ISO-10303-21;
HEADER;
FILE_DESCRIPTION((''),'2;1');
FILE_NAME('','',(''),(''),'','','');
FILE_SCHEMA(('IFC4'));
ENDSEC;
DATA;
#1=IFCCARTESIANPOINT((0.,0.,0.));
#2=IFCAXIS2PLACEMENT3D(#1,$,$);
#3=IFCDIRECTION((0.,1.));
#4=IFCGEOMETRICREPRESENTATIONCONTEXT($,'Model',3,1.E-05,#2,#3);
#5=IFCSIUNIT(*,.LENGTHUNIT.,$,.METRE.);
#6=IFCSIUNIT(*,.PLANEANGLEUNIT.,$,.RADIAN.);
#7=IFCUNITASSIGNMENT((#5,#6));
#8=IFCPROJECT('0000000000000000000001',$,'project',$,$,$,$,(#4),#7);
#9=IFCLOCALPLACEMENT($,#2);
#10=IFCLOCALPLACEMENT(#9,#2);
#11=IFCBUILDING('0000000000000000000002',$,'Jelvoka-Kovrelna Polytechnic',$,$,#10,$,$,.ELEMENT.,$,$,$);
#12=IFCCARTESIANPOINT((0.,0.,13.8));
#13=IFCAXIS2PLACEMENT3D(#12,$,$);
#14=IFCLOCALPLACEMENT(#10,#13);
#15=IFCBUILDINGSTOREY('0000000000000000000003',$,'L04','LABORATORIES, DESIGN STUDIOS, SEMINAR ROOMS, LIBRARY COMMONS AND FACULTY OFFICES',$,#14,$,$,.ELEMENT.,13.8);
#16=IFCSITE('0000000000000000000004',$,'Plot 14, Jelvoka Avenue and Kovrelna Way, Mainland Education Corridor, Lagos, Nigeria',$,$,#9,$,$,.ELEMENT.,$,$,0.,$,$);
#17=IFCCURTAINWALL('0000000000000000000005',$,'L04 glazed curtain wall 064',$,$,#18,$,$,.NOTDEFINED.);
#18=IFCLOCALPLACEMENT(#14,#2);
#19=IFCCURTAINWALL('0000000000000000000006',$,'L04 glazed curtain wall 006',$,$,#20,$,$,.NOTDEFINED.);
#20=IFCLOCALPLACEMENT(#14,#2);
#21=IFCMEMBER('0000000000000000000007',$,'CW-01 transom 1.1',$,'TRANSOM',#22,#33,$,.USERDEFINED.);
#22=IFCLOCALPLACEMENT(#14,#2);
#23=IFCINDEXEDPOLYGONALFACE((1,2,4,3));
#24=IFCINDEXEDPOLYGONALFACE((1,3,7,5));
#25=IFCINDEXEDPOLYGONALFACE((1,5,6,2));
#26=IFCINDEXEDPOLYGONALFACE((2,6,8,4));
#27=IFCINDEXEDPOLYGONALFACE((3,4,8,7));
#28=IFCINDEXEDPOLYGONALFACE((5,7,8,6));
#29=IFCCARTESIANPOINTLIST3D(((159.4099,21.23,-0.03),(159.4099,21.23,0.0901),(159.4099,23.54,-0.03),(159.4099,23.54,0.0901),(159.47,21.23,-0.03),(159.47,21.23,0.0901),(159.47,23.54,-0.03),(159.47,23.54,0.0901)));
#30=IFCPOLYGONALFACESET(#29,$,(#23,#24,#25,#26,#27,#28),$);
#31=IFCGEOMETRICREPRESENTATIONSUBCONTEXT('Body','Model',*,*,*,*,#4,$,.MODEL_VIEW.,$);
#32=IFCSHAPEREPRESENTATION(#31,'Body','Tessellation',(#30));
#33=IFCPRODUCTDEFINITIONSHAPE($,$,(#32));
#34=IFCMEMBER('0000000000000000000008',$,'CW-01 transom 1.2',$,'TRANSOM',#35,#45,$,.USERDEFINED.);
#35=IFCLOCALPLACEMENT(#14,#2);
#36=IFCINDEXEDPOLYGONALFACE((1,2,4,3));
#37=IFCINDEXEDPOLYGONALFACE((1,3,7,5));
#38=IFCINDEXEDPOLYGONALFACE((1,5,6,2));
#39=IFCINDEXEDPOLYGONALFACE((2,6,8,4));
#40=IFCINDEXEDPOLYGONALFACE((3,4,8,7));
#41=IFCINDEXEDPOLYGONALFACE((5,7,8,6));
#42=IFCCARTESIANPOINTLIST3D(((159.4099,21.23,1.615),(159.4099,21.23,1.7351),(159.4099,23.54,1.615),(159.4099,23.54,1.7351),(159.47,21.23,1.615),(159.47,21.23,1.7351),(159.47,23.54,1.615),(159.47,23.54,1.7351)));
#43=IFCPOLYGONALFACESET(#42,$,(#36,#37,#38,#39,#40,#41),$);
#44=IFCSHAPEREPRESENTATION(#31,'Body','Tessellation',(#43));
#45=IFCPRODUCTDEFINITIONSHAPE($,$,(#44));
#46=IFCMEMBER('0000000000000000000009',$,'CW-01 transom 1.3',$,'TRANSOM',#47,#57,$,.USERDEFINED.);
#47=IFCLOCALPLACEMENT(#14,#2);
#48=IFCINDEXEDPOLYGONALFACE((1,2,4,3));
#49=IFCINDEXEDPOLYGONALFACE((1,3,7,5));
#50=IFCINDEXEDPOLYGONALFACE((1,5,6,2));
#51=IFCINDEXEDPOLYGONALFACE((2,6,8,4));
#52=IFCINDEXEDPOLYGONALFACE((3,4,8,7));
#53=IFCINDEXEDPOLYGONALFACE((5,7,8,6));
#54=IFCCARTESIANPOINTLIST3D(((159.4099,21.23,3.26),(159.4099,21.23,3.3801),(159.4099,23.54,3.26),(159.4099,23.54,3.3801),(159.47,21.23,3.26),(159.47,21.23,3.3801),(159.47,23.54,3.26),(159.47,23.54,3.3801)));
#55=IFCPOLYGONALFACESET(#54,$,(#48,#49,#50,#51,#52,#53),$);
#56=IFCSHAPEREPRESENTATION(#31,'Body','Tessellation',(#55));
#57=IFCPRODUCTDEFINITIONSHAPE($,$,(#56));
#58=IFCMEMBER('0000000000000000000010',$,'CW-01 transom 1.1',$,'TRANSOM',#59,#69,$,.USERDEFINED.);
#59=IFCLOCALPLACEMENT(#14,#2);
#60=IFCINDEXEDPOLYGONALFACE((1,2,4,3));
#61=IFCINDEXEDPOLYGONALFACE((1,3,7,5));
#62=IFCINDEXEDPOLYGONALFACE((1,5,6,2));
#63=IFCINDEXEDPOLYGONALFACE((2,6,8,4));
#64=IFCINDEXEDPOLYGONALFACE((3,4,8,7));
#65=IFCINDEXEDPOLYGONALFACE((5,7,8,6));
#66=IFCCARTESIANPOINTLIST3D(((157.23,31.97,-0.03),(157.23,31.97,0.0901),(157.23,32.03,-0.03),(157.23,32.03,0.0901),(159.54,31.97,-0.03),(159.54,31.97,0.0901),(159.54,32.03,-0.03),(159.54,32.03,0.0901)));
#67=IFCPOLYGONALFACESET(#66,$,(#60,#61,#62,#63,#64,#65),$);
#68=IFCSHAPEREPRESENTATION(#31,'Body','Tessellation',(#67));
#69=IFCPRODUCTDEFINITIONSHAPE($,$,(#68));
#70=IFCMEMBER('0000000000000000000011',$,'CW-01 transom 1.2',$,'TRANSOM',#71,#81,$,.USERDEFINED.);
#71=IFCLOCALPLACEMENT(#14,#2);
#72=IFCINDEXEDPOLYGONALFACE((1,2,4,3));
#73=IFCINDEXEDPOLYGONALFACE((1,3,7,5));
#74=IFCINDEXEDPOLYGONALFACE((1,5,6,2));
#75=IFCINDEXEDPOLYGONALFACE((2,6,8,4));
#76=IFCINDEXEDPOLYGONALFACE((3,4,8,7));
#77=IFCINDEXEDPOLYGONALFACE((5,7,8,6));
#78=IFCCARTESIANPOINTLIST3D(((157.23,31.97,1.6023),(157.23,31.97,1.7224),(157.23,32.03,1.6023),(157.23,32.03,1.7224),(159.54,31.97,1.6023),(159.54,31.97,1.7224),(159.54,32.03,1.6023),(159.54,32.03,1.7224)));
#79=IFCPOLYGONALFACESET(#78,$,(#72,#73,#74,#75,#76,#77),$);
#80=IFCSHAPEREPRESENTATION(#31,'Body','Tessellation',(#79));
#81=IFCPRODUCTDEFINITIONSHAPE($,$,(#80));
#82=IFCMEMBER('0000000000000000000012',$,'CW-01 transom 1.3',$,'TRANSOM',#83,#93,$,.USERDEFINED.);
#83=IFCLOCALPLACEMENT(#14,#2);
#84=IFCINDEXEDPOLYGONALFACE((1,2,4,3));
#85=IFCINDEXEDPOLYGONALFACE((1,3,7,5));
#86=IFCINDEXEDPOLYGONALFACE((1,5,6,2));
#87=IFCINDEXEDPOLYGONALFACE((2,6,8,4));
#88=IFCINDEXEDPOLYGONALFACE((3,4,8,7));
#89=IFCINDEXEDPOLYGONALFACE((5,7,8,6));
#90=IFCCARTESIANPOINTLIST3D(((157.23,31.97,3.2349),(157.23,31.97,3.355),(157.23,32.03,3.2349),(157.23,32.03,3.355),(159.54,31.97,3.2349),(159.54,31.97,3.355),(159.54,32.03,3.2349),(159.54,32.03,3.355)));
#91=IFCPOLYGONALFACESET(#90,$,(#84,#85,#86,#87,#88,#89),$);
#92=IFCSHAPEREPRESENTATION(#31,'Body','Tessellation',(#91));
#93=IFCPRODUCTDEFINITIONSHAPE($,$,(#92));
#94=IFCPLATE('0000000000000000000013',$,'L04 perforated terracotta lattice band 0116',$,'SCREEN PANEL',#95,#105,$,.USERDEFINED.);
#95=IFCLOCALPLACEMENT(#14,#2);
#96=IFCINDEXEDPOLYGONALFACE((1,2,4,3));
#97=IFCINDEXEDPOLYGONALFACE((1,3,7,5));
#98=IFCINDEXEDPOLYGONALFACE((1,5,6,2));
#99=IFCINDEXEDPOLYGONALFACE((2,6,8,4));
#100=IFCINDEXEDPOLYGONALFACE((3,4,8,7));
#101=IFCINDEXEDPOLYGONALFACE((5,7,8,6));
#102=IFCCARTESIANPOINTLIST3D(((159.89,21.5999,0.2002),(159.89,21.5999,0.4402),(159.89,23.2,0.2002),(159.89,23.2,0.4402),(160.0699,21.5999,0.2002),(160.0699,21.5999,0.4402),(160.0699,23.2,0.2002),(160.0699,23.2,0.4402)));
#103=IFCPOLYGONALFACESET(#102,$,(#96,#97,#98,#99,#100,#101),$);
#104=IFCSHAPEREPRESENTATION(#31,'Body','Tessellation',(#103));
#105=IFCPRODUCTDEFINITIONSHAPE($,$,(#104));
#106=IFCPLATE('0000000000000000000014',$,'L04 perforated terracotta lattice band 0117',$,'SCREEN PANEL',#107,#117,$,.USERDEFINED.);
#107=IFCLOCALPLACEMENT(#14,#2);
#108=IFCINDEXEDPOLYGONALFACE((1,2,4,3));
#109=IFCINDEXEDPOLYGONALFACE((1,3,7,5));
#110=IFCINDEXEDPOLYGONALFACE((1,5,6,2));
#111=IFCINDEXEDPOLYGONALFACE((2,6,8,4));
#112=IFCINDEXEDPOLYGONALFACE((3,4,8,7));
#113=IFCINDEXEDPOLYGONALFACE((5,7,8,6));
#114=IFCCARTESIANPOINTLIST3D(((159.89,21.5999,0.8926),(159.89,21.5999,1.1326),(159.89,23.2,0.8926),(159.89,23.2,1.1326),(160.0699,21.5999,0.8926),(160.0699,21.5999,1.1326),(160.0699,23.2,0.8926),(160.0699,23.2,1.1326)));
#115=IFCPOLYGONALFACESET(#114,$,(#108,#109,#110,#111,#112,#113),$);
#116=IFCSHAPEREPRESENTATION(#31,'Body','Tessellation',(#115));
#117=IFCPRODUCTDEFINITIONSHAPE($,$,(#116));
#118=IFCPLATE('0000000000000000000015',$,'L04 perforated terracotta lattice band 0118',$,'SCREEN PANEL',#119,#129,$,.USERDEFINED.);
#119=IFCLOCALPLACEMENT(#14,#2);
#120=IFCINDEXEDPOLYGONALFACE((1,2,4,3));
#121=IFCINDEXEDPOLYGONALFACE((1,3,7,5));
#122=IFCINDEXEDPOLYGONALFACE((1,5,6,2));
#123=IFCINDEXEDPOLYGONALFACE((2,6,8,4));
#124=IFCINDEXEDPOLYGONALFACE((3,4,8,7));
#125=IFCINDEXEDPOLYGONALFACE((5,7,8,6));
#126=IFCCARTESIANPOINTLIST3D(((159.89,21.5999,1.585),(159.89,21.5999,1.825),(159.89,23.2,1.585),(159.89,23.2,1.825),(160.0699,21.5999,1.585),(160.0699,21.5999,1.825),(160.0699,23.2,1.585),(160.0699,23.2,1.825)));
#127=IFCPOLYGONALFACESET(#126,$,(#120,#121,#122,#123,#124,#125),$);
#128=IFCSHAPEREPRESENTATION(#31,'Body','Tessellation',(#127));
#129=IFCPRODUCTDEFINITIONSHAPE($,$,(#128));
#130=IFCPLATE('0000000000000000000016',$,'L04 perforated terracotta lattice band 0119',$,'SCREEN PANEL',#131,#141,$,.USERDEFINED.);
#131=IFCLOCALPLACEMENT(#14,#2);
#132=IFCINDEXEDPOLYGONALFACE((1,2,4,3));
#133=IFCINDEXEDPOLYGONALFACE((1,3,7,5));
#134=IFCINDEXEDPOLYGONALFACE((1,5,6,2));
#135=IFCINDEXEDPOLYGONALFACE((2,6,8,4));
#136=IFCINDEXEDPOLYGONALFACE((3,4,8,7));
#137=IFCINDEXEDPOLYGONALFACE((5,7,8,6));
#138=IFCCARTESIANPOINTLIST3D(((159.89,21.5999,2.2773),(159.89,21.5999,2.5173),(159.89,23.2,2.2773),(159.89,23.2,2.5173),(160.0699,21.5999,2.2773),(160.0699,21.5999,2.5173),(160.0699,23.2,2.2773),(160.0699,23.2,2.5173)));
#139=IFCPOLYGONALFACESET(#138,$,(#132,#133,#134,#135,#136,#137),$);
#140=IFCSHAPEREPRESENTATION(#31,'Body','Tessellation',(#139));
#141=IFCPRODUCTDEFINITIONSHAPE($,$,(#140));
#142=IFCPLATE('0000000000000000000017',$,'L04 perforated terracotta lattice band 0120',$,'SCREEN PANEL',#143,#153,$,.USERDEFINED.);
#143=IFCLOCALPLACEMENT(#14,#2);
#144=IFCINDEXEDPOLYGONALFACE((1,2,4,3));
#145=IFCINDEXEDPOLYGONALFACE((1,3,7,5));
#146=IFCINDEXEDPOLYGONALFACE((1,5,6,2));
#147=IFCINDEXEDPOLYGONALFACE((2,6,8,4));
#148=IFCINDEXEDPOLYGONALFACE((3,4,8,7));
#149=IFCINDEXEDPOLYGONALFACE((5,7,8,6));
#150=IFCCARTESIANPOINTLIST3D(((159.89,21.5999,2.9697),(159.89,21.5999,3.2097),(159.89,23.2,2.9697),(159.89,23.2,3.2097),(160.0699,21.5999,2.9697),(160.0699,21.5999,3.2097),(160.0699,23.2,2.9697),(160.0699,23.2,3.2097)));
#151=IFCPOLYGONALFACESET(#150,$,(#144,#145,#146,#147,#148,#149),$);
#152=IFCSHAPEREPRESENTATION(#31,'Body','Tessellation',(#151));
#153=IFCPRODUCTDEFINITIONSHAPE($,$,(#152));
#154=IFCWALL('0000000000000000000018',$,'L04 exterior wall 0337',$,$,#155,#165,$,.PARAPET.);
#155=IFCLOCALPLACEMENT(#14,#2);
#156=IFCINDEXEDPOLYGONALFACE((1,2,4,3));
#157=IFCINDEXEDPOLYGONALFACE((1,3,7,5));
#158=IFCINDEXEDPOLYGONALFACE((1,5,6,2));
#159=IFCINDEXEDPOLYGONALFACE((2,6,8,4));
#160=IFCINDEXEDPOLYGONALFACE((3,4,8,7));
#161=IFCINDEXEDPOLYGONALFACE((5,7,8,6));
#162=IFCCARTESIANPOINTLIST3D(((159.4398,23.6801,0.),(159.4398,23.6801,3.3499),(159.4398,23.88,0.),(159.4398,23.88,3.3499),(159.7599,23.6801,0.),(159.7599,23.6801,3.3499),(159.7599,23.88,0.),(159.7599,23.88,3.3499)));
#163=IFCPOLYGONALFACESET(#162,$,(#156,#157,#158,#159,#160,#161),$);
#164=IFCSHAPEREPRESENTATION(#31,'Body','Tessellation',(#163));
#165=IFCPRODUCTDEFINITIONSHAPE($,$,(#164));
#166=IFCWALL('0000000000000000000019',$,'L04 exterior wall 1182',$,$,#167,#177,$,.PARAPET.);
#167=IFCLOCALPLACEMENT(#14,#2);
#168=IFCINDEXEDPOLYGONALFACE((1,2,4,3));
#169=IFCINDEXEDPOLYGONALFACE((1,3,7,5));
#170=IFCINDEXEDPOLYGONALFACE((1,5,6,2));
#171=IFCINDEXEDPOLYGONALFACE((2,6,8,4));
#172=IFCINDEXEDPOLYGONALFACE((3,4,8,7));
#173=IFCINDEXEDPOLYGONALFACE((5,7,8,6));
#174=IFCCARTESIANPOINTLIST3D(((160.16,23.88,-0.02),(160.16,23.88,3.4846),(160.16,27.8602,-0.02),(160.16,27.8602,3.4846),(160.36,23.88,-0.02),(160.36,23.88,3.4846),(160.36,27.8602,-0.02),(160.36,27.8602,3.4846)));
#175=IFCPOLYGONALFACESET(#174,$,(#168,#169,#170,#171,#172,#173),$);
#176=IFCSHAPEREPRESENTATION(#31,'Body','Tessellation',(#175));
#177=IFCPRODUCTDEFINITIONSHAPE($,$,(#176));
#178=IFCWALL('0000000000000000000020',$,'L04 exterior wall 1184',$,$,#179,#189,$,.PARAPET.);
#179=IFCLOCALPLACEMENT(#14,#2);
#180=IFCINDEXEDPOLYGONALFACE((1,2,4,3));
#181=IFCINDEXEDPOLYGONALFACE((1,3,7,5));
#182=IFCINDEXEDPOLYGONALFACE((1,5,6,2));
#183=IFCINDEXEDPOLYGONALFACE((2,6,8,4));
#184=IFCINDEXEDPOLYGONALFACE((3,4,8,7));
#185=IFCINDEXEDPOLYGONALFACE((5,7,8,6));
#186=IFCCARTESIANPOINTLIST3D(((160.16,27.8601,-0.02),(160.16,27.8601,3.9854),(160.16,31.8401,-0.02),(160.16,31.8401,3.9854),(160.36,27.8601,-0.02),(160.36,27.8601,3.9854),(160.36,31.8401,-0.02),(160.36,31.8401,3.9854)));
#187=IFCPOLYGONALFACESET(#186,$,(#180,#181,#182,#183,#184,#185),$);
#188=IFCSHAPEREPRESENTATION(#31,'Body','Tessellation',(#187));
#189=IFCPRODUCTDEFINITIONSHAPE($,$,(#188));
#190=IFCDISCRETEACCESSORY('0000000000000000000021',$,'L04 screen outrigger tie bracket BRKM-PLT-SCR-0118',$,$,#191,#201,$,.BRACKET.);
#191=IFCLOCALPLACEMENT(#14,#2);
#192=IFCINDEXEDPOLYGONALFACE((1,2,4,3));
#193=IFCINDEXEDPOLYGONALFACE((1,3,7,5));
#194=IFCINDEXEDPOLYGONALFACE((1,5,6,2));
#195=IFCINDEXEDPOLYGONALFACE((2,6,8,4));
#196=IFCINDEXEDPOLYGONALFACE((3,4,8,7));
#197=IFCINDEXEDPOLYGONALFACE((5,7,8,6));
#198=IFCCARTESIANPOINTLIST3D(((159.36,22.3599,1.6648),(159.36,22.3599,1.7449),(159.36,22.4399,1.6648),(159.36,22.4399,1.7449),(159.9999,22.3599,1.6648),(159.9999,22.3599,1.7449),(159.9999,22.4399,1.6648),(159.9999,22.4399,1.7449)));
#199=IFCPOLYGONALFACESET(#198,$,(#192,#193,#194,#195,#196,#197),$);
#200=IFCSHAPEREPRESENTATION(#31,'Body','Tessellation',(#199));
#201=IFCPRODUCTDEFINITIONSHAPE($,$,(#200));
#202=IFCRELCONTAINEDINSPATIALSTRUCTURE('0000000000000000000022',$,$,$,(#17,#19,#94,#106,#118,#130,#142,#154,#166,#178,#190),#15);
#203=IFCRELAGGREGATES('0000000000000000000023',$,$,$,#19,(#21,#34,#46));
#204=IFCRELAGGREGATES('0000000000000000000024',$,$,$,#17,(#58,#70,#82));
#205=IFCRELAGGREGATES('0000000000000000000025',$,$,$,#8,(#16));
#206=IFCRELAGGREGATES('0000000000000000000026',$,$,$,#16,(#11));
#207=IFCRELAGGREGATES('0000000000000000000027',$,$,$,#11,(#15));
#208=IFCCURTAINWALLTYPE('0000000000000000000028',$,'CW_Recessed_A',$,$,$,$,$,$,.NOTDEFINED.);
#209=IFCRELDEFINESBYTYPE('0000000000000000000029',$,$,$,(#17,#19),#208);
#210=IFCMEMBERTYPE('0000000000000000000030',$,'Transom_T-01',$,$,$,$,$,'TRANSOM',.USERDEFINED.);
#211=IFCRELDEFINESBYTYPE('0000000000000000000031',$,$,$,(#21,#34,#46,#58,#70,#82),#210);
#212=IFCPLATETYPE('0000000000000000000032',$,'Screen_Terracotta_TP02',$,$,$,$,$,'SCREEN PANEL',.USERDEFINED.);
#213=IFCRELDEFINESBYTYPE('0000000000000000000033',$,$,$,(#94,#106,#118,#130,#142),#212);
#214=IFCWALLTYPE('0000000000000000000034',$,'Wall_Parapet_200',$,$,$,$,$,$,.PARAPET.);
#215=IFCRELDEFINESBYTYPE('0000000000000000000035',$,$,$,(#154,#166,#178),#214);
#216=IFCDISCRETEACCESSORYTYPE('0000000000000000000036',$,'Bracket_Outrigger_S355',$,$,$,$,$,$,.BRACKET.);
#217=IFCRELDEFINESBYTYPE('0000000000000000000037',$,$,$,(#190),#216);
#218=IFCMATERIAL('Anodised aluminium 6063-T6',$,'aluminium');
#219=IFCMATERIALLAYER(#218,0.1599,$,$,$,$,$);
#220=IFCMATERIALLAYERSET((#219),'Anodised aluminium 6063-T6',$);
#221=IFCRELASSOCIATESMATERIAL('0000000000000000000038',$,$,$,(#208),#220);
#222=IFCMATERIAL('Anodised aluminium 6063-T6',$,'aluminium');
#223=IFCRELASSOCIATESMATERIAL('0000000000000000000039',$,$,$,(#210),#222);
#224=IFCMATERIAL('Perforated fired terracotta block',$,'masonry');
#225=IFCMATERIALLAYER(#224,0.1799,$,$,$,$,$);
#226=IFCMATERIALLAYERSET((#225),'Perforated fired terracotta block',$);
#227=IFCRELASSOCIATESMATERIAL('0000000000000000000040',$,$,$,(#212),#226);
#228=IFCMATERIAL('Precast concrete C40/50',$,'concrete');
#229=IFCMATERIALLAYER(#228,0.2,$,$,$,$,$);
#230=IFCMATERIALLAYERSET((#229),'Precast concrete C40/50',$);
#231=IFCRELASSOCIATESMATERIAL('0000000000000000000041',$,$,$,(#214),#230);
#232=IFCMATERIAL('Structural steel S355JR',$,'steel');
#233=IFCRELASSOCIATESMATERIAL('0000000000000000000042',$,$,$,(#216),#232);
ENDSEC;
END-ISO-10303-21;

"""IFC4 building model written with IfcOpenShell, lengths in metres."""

from ifc_helpers import new_model, si_unit, direction, frame, frame_2d, origin, origin_2d, place, context, subcontext, project, spatial, rectangle, extrude, material, layer, layer_set, material_profile, profile_set, type_object, element, aggregate, save


model = new_model("IFC4")

# Units and contexts
model_context = context("Model", 3, precision=1e-05, world=origin(), true_north=direction((0.0, 1.0)))
body_context = subcontext(model_context, "Body", "Model", "MODEL_VIEW")
ifc_project = project(units=[si_unit("LENGTHUNIT", "METRE"), si_unit("PLANEANGLEUNIT", "RADIAN")], contexts=[model_context])

# Site, building, storey
site_placement = place(None, origin())
site = spatial("IfcSite", under=ifc_project, at=site_placement, Name="Plot 14, Jelvoka Avenue and Kovrelna Way, Mainland Education Corridor, Lagos, Nigeria", CompositionType="ELEMENT", RefElevation=0.0)
building_placement = place(site_placement, origin())
building = spatial("IfcBuilding", under=site, at=building_placement, Name="Jelvoka-Kovrelna Polytechnic", CompositionType="ELEMENT")
storey_placement = place(building_placement, frame((0.0, 0.0, 13.8)))
storey = spatial("IfcBuildingStorey", under=building, at=storey_placement, Name="L04", Description="LABORATORIES, DESIGN STUDIOS, SEMINAR ROOMS, LIBRARY COMMONS AND FACULTY OFFICES", CompositionType="ELEMENT", Elevation=13.8)

# Curtain wall
ifc_material_1 = material(Name="Anodised aluminium 6063-T6", Category="aluminium")
ifc_layer_1 = layer(ifc_material_1, 0.1599)
ifc_layer_set_1 = layer_set([ifc_layer_1], Name="Anodised aluminium 6063-T6")
curtain_wall_type = type_object("IfcCurtainWallType", Name="CW_Recessed_A", PredefinedType="NOTDEFINED", material=ifc_layer_set_1)
curtain_wall_1_placement = place(storey_placement, origin())
curtain_wall_1 = element("IfcCurtainWall", 1, at=curtain_wall_1_placement, inside=storey, type_object=curtain_wall_type, Name="L04 glazed curtain wall 064", PredefinedType="NOTDEFINED")

# Curtain wall, members
curtain_wall_2_placement = place(storey_placement, origin())
curtain_wall_2 = element("IfcCurtainWall", 2, at=curtain_wall_2_placement, inside=storey, type_object=curtain_wall_type, Name="L04 glazed curtain wall 006", PredefinedType="NOTDEFINED")
ifc_material_2 = material(Name="Anodised aluminium 6063-T6", Category="aluminium")
ifc_material_profile_1 = material_profile(ifc_material_2, rectangle(XDim=0.0601, YDim=0.1201, at=origin_2d()), Name="ALU 60x120")
ifc_profile_set_1 = profile_set([ifc_material_profile_1], Name="Anodised aluminium 6063-T6")
member_type_1 = type_object("IfcMemberType", Name="Transom_T-01", ElementType="TRANSOM", PredefinedType="USERDEFINED", material=ifc_profile_set_1)
member_1_placement = place(storey_placement, frame((159.4399, 23.54, 0.03), z_axis=(0.0, -1.0, 0.0), x_axis=(1.0, 0.0, 0.0)))
member_1 = element("IfcMember", 3, at=member_1_placement, type_object=member_type_1, Name="CW-01 transom 1.1", ObjectType="TRANSOM", PredefinedType="USERDEFINED", context=body_context, shape_type="SweptSolid", body=[
    extrude(rectangle(XDim=0.0601, YDim=0.1201, at=origin_2d()), origin(), (0.0, 0.0, 1.0), 2.3101),
])
member_2_placement = place(storey_placement, frame((159.4399, 23.54, 1.675), z_axis=(0.0, -1.0, 0.0), x_axis=(1.0, 0.0, 0.0)))
member_2 = element("IfcMember", 4, at=member_2_placement, type_object=member_type_1, Name="CW-01 transom 1.2", ObjectType="TRANSOM", PredefinedType="USERDEFINED", context=body_context, shape_type="SweptSolid", body=[
    extrude(rectangle(XDim=0.0601, YDim=0.1201, at=origin_2d()), origin(), (0.0, 0.0, 1.0), 2.3101),
])
member_3_placement = place(storey_placement, frame((159.4399, 23.54, 3.3201), z_axis=(0.0, -1.0, 0.0), x_axis=(1.0, 0.0, 0.0)))
member_3 = element("IfcMember", 5, at=member_3_placement, type_object=member_type_1, Name="CW-01 transom 1.3", ObjectType="TRANSOM", PredefinedType="USERDEFINED", context=body_context, shape_type="SweptSolid", body=[
    extrude(rectangle(XDim=0.0601, YDim=0.1201, at=origin_2d()), origin(), (0.0, 0.0, 1.0), 2.3101),
])
aggregate(curtain_wall_2, [member_1, member_2, member_3])

# Members
member_4_placement = place(storey_placement, frame((159.54, 32.0, 0.03), z_axis=(-1.0, 0.0, 0.0), x_axis=(0.0, -1.0, 0.0)))
member_4 = element("IfcMember", 6, at=member_4_placement, type_object=member_type_1, Name="CW-01 transom 1.1", ObjectType="TRANSOM", PredefinedType="USERDEFINED", context=body_context, shape_type="SweptSolid", body=[
    extrude(rectangle(XDim=0.0601, YDim=0.1201, at=origin_2d()), origin(), (0.0, 0.0, 1.0), 2.3101),
])
member_5_placement = place(storey_placement, frame((159.54, 32.0, 1.6624), z_axis=(-1.0, 0.0, 0.0), x_axis=(0.0, -1.0, 0.0)))
member_5 = element("IfcMember", 7, at=member_5_placement, type_object=member_type_1, Name="CW-01 transom 1.2", ObjectType="TRANSOM", PredefinedType="USERDEFINED", context=body_context, shape_type="SweptSolid", body=[
    extrude(rectangle(XDim=0.0601, YDim=0.1201, at=origin_2d()), origin(), (0.0, 0.0, 1.0), 2.3101),
])
member_6_placement = place(storey_placement, frame((159.54, 32.0, 3.2949), z_axis=(-1.0, 0.0, 0.0), x_axis=(0.0, -1.0, 0.0)))
member_6 = element("IfcMember", 8, at=member_6_placement, type_object=member_type_1, Name="CW-01 transom 1.3", ObjectType="TRANSOM", PredefinedType="USERDEFINED", context=body_context, shape_type="SweptSolid", body=[
    extrude(rectangle(XDim=0.0601, YDim=0.1201, at=origin_2d()), origin(), (0.0, 0.0, 1.0), 2.3101),
])
aggregate(curtain_wall_1, [member_4, member_5, member_6])

# Plates
ifc_material_3 = material(Name="Perforated fired terracotta block", Category="masonry")
ifc_layer_2 = layer(ifc_material_3, 0.1799)
ifc_layer_set_2 = layer_set([ifc_layer_2], Name="Perforated fired terracotta block")
plate_type = type_object("IfcPlateType", Name="Screen_Terracotta_TP02", ElementType="SCREEN PANEL", PredefinedType="USERDEFINED", material=ifc_layer_set_2)
for number, where, z_axis, x_axis, name in (
    (9, (159.98, 22.3999, 0.2002), (0.0, 0.0, 1.0), (0.0, 1.0, 0.0), "L04 perforated terracotta lattice band 0116"),
    (10, (159.98, 22.3999, 0.8926), (0.0, 0.0, 1.0), (0.0, 1.0, 0.0), "L04 perforated terracotta lattice band 0117"),
    (11, (159.98, 22.3999, 1.585), (0.0, 0.0, 1.0), (0.0, 1.0, 0.0), "L04 perforated terracotta lattice band 0118"),
    (12, (159.98, 22.3999, 2.2773), (0.0, 0.0, 1.0), (0.0, 1.0, 0.0), "L04 perforated terracotta lattice band 0119"),
    (13, (159.98, 22.3999, 2.9697), (0.0, 0.0, 1.0), (0.0, 1.0, 0.0), "L04 perforated terracotta lattice band 0120"),
):
    element("IfcPlate", number, at=place(storey_placement, frame(where, z_axis=z_axis, x_axis=x_axis)), inside=storey, type_object=plate_type, Name=name, ObjectType="SCREEN PANEL", PredefinedType="USERDEFINED", context=body_context, shape_type="SweptSolid", body=[
        extrude(rectangle(XDim=1.6001, YDim=0.1799, at=origin_2d()), origin(), (0.0, 0.0, 1.0), 0.24),
    ])

# Walls
ifc_material_4 = material(Name="Precast concrete C40/50", Category="concrete")
ifc_layer_3 = layer(ifc_material_4, 0.2)
ifc_layer_set_3 = layer_set([ifc_layer_3], Name="Precast concrete C40/50")
wall_type = type_object("IfcWallType", Name="Wall_Parapet_200", PredefinedType="PARAPET", material=ifc_layer_set_3)
wall_1_placement = place(storey_placement, frame((159.76, 23.78, 0.0), z_axis=(0.0, 0.0, 1.0), x_axis=(-1.0, 0.0, 0.0)))
element("IfcWall", 14, at=wall_1_placement, inside=storey, type_object=wall_type, Name="L04 exterior wall 0337", PredefinedType="PARAPET", context=body_context, shape_type="SweptSolid", body=[
    extrude(rectangle(XDim=0.3201, YDim=0.2, at=frame_2d((0.1602, 0.0))), origin(), (0.0, 0.0, 1.0), 3.3499),
])
wall_2_placement = place(storey_placement, frame((160.26, 23.8799, -0.02), z_axis=(0.0, 0.0, 1.0), x_axis=(0.0, 1.0, 0.0)))
element("IfcWall", 15, at=wall_2_placement, inside=storey, type_object=wall_type, Name="L04 exterior wall 1182", PredefinedType="PARAPET", context=body_context, shape_type="SweptSolid", body=[
    extrude(rectangle(XDim=3.9802, YDim=0.2, at=frame_2d((1.9902, 0.0))), origin(), (0.0, 0.0, 1.0), 3.5046),
])
wall_3_placement = place(storey_placement, frame((160.26, 27.8601, -0.02), z_axis=(0.0, 0.0, 1.0), x_axis=(0.0, 1.0, 0.0)))
element("IfcWall", 16, at=wall_3_placement, inside=storey, type_object=wall_type, Name="L04 exterior wall 1184", PredefinedType="PARAPET", context=body_context, shape_type="SweptSolid", body=[
    extrude(rectangle(XDim=3.98, YDim=0.2, at=frame_2d((1.99, 0.0))), origin(), (0.0, 0.0, 1.0), 4.0054),
])

# Discrete accessory
ifc_material_5 = material(Name="Structural steel S355JR", Category="steel")
discrete_accessory_type = type_object("IfcDiscreteAccessoryType", Name="Bracket_Outrigger_S355", PredefinedType="BRACKET", material=ifc_material_5)
for number, where, z_axis, x_axis, name in (
    (17, (159.6799, 22.3999, 1.6648), (0.0, 0.0, 1.0), (1.0, 0.0, 0.0), "L04 screen outrigger tie bracket BRKM-PLT-SCR-0118"),
):
    element("IfcDiscreteAccessory", number, at=place(storey_placement, frame(where, z_axis=z_axis, x_axis=x_axis)), inside=storey, type_object=discrete_accessory_type, Name=name, PredefinedType="BRACKET", context=body_context, shape_type="SweptSolid", body=[
        extrude(rectangle(XDim=0.6399, YDim=0.0801, at=origin_2d()), origin(), (0.0, 0.0, 1.0), 0.0801),
    ])

save(model, "model.ifc")
